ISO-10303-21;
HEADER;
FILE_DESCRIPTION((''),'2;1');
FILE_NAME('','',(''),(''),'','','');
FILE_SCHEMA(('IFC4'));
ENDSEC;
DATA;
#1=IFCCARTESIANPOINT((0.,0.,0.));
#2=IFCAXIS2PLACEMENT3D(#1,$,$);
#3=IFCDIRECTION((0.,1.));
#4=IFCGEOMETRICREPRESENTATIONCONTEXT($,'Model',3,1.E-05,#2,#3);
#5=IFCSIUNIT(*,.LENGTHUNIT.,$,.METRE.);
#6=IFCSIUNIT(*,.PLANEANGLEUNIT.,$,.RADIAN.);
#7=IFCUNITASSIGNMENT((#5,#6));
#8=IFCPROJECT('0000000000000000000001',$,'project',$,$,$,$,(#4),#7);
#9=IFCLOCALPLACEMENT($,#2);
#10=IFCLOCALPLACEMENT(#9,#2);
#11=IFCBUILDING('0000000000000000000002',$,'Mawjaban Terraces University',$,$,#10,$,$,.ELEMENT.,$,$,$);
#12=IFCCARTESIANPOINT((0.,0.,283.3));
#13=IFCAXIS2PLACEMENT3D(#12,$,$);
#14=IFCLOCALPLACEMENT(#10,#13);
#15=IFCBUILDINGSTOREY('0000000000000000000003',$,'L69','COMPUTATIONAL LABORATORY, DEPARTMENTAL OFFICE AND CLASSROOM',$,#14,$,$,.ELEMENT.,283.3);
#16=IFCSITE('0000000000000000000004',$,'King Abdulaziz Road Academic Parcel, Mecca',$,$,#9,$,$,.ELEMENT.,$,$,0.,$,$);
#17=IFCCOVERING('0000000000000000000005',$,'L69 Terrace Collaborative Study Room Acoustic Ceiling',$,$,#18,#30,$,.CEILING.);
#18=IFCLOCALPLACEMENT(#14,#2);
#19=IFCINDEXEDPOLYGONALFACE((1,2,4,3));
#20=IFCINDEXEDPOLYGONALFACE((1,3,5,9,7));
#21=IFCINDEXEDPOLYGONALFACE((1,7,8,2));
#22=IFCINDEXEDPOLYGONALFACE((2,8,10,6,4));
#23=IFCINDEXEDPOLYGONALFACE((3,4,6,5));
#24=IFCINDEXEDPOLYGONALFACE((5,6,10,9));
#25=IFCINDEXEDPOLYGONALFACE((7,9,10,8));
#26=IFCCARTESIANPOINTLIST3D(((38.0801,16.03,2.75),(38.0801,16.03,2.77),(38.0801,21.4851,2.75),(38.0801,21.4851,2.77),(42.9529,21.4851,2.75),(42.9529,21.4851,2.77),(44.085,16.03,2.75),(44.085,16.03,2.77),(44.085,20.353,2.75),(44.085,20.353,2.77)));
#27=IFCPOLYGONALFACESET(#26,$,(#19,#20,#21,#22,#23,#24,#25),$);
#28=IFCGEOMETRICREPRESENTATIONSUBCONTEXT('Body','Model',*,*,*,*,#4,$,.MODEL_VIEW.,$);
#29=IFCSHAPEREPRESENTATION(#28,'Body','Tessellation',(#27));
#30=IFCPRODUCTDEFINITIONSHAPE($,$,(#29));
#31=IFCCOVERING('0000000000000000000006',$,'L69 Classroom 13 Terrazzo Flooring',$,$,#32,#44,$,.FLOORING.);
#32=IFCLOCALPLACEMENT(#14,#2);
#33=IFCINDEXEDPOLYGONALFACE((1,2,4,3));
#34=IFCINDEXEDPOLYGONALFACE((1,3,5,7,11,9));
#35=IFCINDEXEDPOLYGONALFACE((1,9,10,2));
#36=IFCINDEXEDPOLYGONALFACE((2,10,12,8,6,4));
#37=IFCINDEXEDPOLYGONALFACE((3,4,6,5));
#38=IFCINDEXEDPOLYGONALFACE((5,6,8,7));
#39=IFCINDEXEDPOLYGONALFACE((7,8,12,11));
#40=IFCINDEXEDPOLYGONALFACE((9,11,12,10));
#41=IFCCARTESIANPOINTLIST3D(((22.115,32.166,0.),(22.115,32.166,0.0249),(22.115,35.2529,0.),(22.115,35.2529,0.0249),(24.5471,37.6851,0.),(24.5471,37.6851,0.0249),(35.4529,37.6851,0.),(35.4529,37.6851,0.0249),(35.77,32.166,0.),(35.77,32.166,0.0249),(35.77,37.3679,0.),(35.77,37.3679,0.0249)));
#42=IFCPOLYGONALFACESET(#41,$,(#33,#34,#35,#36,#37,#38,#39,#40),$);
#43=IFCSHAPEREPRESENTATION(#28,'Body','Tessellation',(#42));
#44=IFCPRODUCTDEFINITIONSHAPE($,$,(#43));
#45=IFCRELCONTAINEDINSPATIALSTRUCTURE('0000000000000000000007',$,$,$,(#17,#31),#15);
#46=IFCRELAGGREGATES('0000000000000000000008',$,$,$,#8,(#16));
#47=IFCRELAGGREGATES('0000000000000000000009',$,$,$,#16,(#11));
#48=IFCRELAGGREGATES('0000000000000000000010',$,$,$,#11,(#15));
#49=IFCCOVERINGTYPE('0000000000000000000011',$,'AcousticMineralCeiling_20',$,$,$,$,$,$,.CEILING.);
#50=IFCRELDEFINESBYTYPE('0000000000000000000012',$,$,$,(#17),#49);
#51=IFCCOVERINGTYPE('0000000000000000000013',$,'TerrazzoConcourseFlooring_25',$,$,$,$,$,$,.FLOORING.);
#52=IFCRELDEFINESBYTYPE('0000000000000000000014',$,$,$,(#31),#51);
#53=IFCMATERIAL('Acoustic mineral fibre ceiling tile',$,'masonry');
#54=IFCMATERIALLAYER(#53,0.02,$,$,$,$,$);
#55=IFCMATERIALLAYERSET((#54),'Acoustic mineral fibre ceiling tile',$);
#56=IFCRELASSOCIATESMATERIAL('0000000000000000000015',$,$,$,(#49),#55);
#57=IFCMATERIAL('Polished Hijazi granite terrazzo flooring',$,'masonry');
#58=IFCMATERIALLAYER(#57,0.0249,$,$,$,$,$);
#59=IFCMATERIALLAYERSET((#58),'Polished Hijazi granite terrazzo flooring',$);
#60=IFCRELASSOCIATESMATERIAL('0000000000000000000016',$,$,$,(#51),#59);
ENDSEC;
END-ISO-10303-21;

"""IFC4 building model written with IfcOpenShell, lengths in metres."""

from ifc_helpers import new_model, si_unit, direction, frame, origin, place, context, subcontext, project, spatial, polyline, outline, extrude, material, layer, layer_set, type_object, element, save


model = new_model("IFC4")

# Units and contexts
model_context = context("Model", 3, precision=1e-05, world=origin(), true_north=direction((0.0, 1.0)))
body_context = subcontext(model_context, "Body", "Model", "MODEL_VIEW")
ifc_project = project(units=[si_unit("LENGTHUNIT", "METRE"), si_unit("PLANEANGLEUNIT", "RADIAN")], contexts=[model_context])

# Site, building, storey
site_placement = place(None, origin())
site = spatial("IfcSite", under=ifc_project, at=site_placement, Name="King Abdulaziz Road Academic Parcel, Mecca", CompositionType="ELEMENT", RefElevation=0.0)
building_placement = place(site_placement, origin())
building = spatial("IfcBuilding", under=site, at=building_placement, Name="Mawjaban Terraces University", CompositionType="ELEMENT")
storey_placement = place(building_placement, frame((0.0, 0.0, 283.3)))
storey = spatial("IfcBuildingStorey", under=building, at=storey_placement, Name="L69", Description="COMPUTATIONAL LABORATORY, DEPARTMENTAL OFFICE AND CLASSROOM", CompositionType="ELEMENT", Elevation=283.3)

# Coverings
ifc_material_1 = material(Name="Acoustic mineral fibre ceiling tile", Category="masonry")
ifc_layer_1 = layer(ifc_material_1, 0.02)
ifc_layer_set_1 = layer_set([ifc_layer_1], Name="Acoustic mineral fibre ceiling tile")
covering_type_1 = type_object("IfcCoveringType", Name="AcousticMineralCeiling_20", PredefinedType="CEILING", material=ifc_layer_set_1)
covering_1_placement = place(storey_placement, frame((0.0, 0.0, 2.75)))
element("IfcCovering", 1, at=covering_1_placement, inside=storey, type_object=covering_type_1, Name="L69 Terrace Collaborative Study Room Acoustic Ceiling", PredefinedType="CEILING", context=body_context, shape_type="SweptSolid", body=[
    extrude(outline(polyline([(44.085, 16.03), (44.085, 20.353), (42.9529, 21.4851), (38.0801, 21.4851), (38.0801, 16.03), (44.085, 16.03)])), origin(), (0.0, 0.0, 1.0), 0.02),
])
ifc_material_2 = material(Name="Polished Hijazi granite terrazzo flooring", Category="masonry")
ifc_layer_2 = layer(ifc_material_2, 0.0249)
ifc_layer_set_2 = layer_set([ifc_layer_2], Name="Polished Hijazi granite terrazzo flooring")
covering_type_2 = type_object("IfcCoveringType", Name="TerrazzoConcourseFlooring_25", PredefinedType="FLOORING", material=ifc_layer_set_2)
covering_2_placement = place(storey_placement, origin())
element("IfcCovering", 2, at=covering_2_placement, inside=storey, type_object=covering_type_2, Name="L69 Classroom 13 Terrazzo Flooring", PredefinedType="FLOORING", context=body_context, shape_type="SweptSolid", body=[
    extrude(outline(polyline([(35.77, 37.3679), (35.4529, 37.6851), (24.5471, 37.6851), (22.115, 35.2529), (22.115, 32.166), (35.77, 32.166), (35.77, 37.3679)])), origin(), (0.0, 0.0, 1.0), 0.0249),
])

save(model, "model.ifc")
